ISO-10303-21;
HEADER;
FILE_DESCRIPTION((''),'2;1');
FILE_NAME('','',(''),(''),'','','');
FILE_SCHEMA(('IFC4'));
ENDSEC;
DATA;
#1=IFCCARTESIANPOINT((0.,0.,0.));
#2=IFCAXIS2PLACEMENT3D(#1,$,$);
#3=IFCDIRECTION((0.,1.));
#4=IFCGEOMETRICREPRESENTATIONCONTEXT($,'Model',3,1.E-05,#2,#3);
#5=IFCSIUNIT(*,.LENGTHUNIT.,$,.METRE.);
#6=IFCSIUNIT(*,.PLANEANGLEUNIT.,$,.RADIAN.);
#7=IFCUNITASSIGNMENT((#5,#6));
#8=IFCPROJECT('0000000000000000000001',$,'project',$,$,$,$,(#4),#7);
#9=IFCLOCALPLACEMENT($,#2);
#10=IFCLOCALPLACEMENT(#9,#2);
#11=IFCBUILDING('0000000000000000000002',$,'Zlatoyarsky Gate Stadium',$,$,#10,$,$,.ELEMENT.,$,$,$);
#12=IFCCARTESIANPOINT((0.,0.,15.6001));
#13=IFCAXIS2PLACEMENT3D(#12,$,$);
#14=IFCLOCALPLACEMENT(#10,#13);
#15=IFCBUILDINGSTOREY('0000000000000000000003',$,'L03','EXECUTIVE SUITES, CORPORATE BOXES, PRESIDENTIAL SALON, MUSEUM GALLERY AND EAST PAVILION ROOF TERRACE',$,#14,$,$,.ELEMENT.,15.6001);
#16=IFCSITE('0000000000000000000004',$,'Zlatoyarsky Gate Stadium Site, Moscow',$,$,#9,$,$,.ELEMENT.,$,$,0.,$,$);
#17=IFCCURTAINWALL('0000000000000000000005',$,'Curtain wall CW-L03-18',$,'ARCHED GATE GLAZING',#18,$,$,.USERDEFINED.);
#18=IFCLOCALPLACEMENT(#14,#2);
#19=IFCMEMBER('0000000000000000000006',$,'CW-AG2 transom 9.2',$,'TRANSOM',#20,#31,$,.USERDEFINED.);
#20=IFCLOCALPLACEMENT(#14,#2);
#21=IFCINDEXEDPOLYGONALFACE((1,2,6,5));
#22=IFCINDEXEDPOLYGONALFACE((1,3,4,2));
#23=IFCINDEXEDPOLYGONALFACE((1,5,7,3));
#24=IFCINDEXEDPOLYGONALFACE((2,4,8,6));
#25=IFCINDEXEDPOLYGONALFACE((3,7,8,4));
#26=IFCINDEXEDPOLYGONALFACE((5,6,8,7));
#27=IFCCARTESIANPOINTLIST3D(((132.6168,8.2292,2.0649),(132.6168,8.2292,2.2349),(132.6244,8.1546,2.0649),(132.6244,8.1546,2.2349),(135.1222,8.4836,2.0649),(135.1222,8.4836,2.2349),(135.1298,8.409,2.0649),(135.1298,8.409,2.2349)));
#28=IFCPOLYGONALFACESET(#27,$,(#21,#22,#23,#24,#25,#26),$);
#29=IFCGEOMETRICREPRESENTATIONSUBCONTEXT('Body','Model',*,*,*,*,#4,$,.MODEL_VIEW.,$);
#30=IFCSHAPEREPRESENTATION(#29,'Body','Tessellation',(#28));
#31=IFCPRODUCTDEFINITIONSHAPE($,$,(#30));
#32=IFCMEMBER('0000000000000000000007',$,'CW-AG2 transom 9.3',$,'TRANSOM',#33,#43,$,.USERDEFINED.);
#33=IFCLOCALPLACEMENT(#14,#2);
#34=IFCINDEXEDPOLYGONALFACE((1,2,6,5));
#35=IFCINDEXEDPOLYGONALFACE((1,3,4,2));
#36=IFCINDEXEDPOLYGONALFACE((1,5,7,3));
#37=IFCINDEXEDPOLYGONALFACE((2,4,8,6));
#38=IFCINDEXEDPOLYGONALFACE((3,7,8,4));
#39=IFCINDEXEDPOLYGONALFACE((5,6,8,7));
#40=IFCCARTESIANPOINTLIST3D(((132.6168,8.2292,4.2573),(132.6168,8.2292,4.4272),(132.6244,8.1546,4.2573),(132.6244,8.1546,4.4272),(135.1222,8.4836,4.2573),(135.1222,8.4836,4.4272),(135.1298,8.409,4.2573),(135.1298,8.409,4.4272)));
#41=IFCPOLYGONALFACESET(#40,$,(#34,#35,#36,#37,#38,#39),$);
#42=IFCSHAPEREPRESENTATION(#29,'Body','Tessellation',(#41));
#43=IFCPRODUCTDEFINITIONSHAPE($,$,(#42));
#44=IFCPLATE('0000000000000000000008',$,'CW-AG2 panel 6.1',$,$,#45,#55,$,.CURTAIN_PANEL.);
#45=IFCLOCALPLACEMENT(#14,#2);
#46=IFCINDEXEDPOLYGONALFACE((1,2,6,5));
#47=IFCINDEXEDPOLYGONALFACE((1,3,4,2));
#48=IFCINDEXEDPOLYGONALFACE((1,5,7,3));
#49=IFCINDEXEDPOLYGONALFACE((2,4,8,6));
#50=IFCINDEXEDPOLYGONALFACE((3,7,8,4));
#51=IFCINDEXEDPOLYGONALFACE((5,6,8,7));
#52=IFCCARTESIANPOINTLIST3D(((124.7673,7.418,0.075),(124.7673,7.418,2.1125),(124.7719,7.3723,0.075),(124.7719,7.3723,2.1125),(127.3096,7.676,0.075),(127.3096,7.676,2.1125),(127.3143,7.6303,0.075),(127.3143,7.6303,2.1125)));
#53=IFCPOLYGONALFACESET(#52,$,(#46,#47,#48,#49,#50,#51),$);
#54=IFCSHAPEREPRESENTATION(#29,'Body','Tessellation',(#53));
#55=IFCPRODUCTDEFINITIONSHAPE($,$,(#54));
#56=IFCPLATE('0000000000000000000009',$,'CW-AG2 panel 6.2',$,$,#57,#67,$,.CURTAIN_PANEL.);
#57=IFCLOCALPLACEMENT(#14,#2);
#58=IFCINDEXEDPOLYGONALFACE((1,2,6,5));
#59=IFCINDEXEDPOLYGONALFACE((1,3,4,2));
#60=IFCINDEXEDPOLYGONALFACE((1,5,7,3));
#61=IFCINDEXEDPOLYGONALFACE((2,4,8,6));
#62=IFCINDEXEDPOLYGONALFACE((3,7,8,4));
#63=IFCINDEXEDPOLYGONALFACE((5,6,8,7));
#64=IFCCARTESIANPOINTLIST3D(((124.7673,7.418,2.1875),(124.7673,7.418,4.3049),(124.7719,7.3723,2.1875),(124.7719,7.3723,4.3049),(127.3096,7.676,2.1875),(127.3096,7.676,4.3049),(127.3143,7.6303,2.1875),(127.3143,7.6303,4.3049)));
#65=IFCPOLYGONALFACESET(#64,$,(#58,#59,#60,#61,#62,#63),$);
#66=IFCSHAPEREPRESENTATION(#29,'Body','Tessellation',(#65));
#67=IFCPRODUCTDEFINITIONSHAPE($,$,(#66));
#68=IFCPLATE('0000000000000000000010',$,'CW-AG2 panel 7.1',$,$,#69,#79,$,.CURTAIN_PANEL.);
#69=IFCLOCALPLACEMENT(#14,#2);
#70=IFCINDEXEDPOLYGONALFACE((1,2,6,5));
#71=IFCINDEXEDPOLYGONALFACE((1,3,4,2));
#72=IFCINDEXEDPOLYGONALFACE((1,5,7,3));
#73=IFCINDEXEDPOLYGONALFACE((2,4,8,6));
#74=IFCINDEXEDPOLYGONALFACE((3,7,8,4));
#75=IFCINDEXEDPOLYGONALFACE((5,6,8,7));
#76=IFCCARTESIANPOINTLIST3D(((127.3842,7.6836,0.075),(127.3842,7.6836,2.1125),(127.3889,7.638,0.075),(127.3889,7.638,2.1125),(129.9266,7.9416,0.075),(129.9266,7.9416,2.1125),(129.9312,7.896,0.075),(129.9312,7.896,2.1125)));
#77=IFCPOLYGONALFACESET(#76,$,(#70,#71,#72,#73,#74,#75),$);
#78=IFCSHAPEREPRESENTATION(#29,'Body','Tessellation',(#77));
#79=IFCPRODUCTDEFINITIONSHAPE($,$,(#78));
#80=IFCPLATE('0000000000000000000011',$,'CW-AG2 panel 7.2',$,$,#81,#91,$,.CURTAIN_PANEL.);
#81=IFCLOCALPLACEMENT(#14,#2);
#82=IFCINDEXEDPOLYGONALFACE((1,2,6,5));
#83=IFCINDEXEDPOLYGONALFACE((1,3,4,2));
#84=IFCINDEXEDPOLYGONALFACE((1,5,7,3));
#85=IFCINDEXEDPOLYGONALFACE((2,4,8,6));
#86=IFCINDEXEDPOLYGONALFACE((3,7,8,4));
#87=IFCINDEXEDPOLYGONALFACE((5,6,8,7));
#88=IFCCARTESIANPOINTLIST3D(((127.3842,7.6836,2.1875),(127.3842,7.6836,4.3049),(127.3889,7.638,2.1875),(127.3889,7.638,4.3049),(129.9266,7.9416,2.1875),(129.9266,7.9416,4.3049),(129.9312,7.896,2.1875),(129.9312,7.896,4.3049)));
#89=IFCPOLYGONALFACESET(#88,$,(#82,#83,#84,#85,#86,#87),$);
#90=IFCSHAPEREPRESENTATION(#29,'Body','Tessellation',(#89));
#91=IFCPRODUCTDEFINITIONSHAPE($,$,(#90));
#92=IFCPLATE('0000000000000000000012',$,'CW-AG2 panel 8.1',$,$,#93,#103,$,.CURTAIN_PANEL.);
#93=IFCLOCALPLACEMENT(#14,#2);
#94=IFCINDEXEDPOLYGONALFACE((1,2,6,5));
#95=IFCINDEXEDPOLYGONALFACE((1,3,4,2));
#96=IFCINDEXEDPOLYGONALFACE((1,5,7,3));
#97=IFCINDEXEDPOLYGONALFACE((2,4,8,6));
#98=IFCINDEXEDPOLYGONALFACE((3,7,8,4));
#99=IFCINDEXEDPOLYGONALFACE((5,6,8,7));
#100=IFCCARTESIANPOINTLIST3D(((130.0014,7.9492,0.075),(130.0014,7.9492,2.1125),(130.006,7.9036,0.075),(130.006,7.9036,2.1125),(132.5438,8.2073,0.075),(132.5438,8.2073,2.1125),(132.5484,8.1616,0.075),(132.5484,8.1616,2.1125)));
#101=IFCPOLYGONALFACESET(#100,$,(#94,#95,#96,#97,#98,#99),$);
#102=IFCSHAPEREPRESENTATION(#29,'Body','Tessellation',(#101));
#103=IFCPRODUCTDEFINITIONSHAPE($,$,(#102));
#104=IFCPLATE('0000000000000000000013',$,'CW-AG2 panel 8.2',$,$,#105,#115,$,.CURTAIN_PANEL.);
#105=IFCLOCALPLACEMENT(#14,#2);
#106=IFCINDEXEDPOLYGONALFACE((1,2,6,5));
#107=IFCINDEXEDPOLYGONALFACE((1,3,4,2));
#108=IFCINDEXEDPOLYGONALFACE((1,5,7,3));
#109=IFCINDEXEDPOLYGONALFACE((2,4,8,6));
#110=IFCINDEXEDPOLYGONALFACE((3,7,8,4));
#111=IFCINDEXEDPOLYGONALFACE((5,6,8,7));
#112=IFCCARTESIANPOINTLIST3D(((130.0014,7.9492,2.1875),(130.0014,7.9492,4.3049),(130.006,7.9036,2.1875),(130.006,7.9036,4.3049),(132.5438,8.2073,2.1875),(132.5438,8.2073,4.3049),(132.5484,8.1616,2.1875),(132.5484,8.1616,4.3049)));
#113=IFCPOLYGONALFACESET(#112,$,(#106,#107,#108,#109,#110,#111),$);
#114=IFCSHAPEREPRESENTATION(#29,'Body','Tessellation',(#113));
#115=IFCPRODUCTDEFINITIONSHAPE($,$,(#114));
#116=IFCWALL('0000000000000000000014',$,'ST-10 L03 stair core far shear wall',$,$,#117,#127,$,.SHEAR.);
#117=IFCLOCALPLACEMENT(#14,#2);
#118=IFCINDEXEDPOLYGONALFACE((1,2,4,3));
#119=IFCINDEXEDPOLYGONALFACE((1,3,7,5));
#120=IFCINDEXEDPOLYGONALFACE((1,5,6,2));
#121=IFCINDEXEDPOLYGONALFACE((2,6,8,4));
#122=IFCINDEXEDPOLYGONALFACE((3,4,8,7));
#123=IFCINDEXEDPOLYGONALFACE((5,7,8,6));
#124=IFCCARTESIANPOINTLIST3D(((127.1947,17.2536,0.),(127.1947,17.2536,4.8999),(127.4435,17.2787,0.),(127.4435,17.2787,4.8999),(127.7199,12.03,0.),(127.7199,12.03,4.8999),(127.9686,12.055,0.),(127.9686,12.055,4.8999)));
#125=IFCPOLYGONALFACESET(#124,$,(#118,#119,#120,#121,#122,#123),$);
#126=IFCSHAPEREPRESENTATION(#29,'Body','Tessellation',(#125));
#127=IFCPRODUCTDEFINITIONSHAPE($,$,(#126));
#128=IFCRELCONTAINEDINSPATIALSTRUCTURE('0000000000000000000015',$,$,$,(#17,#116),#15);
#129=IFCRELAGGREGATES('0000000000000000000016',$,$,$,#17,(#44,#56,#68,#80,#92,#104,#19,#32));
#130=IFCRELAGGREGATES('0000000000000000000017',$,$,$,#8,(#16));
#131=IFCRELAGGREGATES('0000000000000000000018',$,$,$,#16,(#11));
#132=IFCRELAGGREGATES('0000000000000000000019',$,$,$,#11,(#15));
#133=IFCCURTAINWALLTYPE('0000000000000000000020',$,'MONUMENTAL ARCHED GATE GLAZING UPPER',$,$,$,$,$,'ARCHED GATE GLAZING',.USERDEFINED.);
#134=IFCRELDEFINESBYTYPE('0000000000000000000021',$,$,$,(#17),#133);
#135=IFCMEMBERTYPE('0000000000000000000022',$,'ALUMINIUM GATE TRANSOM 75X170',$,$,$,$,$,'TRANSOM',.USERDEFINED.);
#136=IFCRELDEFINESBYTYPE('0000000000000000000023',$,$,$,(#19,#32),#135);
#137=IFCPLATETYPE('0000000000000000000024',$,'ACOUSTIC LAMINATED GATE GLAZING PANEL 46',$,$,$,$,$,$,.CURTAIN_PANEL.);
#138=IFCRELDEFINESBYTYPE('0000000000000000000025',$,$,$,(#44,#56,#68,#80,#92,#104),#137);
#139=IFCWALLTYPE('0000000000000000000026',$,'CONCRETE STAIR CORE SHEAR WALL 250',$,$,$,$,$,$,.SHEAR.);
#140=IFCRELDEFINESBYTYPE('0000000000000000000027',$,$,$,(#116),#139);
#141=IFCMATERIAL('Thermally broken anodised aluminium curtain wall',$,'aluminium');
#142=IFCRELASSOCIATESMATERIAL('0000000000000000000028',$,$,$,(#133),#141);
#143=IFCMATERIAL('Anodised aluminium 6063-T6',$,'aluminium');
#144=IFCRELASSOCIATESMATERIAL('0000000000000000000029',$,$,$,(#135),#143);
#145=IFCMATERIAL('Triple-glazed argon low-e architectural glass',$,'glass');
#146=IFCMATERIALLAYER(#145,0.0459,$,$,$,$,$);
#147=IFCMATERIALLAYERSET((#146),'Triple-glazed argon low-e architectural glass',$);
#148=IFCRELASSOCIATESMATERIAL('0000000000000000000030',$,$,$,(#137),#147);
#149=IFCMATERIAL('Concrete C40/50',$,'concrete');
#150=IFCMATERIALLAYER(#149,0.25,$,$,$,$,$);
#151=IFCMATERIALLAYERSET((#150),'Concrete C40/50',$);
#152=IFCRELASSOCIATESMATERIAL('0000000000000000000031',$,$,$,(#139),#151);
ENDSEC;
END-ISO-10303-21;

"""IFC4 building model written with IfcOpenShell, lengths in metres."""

from ifc_helpers import new_model, si_unit, direction, frame, frame_2d, origin, origin_2d, place, context, subcontext, project, spatial, rectangle, extrude, material, layer, layer_set, material_profile, profile_set, type_object, element, aggregate, save


model = new_model("IFC4")

# Units and contexts
model_context = context("Model", 3, precision=1e-05, world=origin(), true_north=direction((0.0, 1.0)))
body_context = subcontext(model_context, "Body", "Model", "MODEL_VIEW")
ifc_project = project(units=[si_unit("LENGTHUNIT", "METRE"), si_unit("PLANEANGLEUNIT", "RADIAN")], contexts=[model_context])

# Site, building, storey
site_placement = place(None, origin())
site = spatial("IfcSite", under=ifc_project, at=site_placement, Name="Zlatoyarsky Gate Stadium Site, Moscow", CompositionType="ELEMENT", RefElevation=0.0)
building_placement = place(site_placement, origin())
building = spatial("IfcBuilding", under=site, at=building_placement, Name="Zlatoyarsky Gate Stadium", CompositionType="ELEMENT")
storey_placement = place(building_placement, frame((0.0, 0.0, 15.6001)))
storey = spatial("IfcBuildingStorey", under=building, at=storey_placement, Name="L03", Description="EXECUTIVE SUITES, CORPORATE BOXES, PRESIDENTIAL SALON, MUSEUM GALLERY AND EAST PAVILION ROOF TERRACE", CompositionType="ELEMENT", Elevation=15.6001)

# Curtain wall, members, plates
ifc_material_1 = material(Name="Thermally broken anodised aluminium curtain wall", Category="aluminium")
curtain_wall_type = type_object("IfcCurtainWallType", Name="MONUMENTAL ARCHED GATE GLAZING UPPER", ElementType="ARCHED GATE GLAZING", PredefinedType="USERDEFINED", material=ifc_material_1)
curtain_wall_placement = place(storey_placement, origin())
curtain_wall = element("IfcCurtainWall", 1, at=curtain_wall_placement, inside=storey, type_object=curtain_wall_type, Name="Curtain wall CW-L03-18", ObjectType="ARCHED GATE GLAZING", PredefinedType="USERDEFINED")
ifc_material_2 = material(Name="Anodised aluminium 6063-T6", Category="aluminium")
ifc_material_profile_1 = material_profile(ifc_material_2, rectangle(XDim=0.075, YDim=0.1699, at=origin_2d()), Name="ALU 75X170")
ifc_profile_set_1 = profile_set([ifc_material_profile_1], Name="Anodised aluminium 6063-T6")
member_type_1 = type_object("IfcMemberType", Name="ALUMINIUM GATE TRANSOM 75X170", ElementType="TRANSOM", PredefinedType="USERDEFINED", material=ifc_profile_set_1)
member_1_placement = place(storey_placement, frame((132.6206, 8.1919, 2.1499), z_axis=(0.994884, 0.10102, 0.0), x_axis=(-0.10102, 0.994884, 0.0)))
member_1 = element("IfcMember", 2, at=member_1_placement, type_object=member_type_1, Name="CW-AG2 transom 9.2", ObjectType="TRANSOM", PredefinedType="USERDEFINED", context=body_context, shape_type="SweptSolid", body=[
    extrude(rectangle(XDim=0.075, YDim=0.1699, at=origin_2d()), origin(), (0.0, 0.0, 1.0), 2.5183),
])
member_2_placement = place(storey_placement, frame((132.6206, 8.1919, 4.3423), z_axis=(0.994884, 0.10102, 0.0), x_axis=(-0.10102, 0.994884, 0.0)))
member_2 = element("IfcMember", 3, at=member_2_placement, type_object=member_type_1, Name="CW-AG2 transom 9.3", ObjectType="TRANSOM", PredefinedType="USERDEFINED", context=body_context, shape_type="SweptSolid", body=[
    extrude(rectangle(XDim=0.075, YDim=0.1699, at=origin_2d()), origin(), (0.0, 0.0, 1.0), 2.5183),
])
ifc_material_3 = material(Name="Triple-glazed argon low-e architectural glass", Category="glass")
ifc_layer_1 = layer(ifc_material_3, 0.0459)
ifc_layer_set_1 = layer_set([ifc_layer_1], Name="Triple-glazed argon low-e architectural glass")
plate_type = type_object("IfcPlateType", Name="ACOUSTIC LAMINATED GATE GLAZING PANEL 46", PredefinedType="CURTAIN_PANEL", material=ifc_layer_set_1)
plate_1_placement = place(storey_placement, frame((126.0408, 7.5242, 0.075), z_axis=(0.0, 0.0, 1.0), x_axis=(0.99489, 0.100968, 0.0)))
plate_1 = element("IfcPlate", 4, at=plate_1_placement, type_object=plate_type, Name="CW-AG2 panel 6.1", PredefinedType="CURTAIN_PANEL", context=body_context, shape_type="SweptSolid", body=[
    extrude(rectangle(XDim=2.5554, YDim=0.0459, at=origin_2d()), origin(), (0.0, 0.0, 1.0), 2.0376),
])
plate_2_placement = place(storey_placement, frame((126.0408, 7.5242, 2.1875), z_axis=(0.0, 0.0, 1.0), x_axis=(0.99489, 0.100968, 0.0)))
plate_2 = element("IfcPlate", 5, at=plate_2_placement, type_object=plate_type, Name="CW-AG2 panel 6.2", PredefinedType="CURTAIN_PANEL", context=body_context, shape_type="SweptSolid", body=[
    extrude(rectangle(XDim=2.5554, YDim=0.0459, at=origin_2d()), origin(), (0.0, 0.0, 1.0), 2.1174),
])
plate_3_placement = place(storey_placement, frame((128.6577, 7.7898, 0.075), z_axis=(0.0, 0.0, 1.0), x_axis=(0.99489, 0.100968, 0.0)))
plate_3 = element("IfcPlate", 6, at=plate_3_placement, type_object=plate_type, Name="CW-AG2 panel 7.1", PredefinedType="CURTAIN_PANEL", context=body_context, shape_type="SweptSolid", body=[
    extrude(rectangle(XDim=2.5554, YDim=0.0459, at=origin_2d()), origin(), (0.0, 0.0, 1.0), 2.0376),
])
plate_4_placement = place(storey_placement, frame((128.6577, 7.7898, 2.1875), z_axis=(0.0, 0.0, 1.0), x_axis=(0.99489, 0.100968, 0.0)))
plate_4 = element("IfcPlate", 7, at=plate_4_placement, type_object=plate_type, Name="CW-AG2 panel 7.2", PredefinedType="CURTAIN_PANEL", context=body_context, shape_type="SweptSolid", body=[
    extrude(rectangle(XDim=2.5554, YDim=0.0459, at=origin_2d()), origin(), (0.0, 0.0, 1.0), 2.1174),
])
plate_5_placement = place(storey_placement, frame((131.2749, 8.0554, 0.075), z_axis=(0.0, 0.0, 1.0), x_axis=(0.99489, 0.100968, 0.0)))
plate_5 = element("IfcPlate", 8, at=plate_5_placement, type_object=plate_type, Name="CW-AG2 panel 8.1", PredefinedType="CURTAIN_PANEL", context=body_context, shape_type="SweptSolid", body=[
    extrude(rectangle(XDim=2.5554, YDim=0.0459, at=origin_2d()), origin(), (0.0, 0.0, 1.0), 2.0376),
])
plate_6_placement = place(storey_placement, frame((131.2749, 8.0554, 2.1875), z_axis=(0.0, 0.0, 1.0), x_axis=(0.99489, 0.100968, 0.0)))
plate_6 = element("IfcPlate", 9, at=plate_6_placement, type_object=plate_type, Name="CW-AG2 panel 8.2", PredefinedType="CURTAIN_PANEL", context=body_context, shape_type="SweptSolid", body=[
    extrude(rectangle(XDim=2.5554, YDim=0.0459, at=origin_2d()), origin(), (0.0, 0.0, 1.0), 2.1174),
])
aggregate(curtain_wall, [plate_1, plate_2, plate_3, plate_4, plate_5, plate_6, member_1, member_2])

# Wall
ifc_material_4 = material(Name="Concrete C40/50", Category="concrete")
ifc_layer_2 = layer(ifc_material_4, 0.25)
ifc_layer_set_2 = layer_set([ifc_layer_2], Name="Concrete C40/50")
wall_type = type_object("IfcWallType", Name="CONCRETE STAIR CORE SHEAR WALL 250", PredefinedType="SHEAR", material=ifc_layer_set_2)
wall_placement = place(storey_placement, frame((127.8442, 12.0425, 0.0), z_axis=(0.0, 0.0, 1.0), x_axis=(-0.100029, 0.994985, 0.0)))
element("IfcWall", 10, at=wall_placement, inside=storey, type_object=wall_type, Name="ST-10 L03 stair core far shear wall", PredefinedType="SHEAR", context=body_context, shape_type="SweptSolid", body=[
    extrude(rectangle(XDim=5.25, YDim=0.25, at=frame_2d((2.625, 0.0))), origin(), (0.0, 0.0, 1.0), 4.8999),
])

save(model, "model.ifc")
